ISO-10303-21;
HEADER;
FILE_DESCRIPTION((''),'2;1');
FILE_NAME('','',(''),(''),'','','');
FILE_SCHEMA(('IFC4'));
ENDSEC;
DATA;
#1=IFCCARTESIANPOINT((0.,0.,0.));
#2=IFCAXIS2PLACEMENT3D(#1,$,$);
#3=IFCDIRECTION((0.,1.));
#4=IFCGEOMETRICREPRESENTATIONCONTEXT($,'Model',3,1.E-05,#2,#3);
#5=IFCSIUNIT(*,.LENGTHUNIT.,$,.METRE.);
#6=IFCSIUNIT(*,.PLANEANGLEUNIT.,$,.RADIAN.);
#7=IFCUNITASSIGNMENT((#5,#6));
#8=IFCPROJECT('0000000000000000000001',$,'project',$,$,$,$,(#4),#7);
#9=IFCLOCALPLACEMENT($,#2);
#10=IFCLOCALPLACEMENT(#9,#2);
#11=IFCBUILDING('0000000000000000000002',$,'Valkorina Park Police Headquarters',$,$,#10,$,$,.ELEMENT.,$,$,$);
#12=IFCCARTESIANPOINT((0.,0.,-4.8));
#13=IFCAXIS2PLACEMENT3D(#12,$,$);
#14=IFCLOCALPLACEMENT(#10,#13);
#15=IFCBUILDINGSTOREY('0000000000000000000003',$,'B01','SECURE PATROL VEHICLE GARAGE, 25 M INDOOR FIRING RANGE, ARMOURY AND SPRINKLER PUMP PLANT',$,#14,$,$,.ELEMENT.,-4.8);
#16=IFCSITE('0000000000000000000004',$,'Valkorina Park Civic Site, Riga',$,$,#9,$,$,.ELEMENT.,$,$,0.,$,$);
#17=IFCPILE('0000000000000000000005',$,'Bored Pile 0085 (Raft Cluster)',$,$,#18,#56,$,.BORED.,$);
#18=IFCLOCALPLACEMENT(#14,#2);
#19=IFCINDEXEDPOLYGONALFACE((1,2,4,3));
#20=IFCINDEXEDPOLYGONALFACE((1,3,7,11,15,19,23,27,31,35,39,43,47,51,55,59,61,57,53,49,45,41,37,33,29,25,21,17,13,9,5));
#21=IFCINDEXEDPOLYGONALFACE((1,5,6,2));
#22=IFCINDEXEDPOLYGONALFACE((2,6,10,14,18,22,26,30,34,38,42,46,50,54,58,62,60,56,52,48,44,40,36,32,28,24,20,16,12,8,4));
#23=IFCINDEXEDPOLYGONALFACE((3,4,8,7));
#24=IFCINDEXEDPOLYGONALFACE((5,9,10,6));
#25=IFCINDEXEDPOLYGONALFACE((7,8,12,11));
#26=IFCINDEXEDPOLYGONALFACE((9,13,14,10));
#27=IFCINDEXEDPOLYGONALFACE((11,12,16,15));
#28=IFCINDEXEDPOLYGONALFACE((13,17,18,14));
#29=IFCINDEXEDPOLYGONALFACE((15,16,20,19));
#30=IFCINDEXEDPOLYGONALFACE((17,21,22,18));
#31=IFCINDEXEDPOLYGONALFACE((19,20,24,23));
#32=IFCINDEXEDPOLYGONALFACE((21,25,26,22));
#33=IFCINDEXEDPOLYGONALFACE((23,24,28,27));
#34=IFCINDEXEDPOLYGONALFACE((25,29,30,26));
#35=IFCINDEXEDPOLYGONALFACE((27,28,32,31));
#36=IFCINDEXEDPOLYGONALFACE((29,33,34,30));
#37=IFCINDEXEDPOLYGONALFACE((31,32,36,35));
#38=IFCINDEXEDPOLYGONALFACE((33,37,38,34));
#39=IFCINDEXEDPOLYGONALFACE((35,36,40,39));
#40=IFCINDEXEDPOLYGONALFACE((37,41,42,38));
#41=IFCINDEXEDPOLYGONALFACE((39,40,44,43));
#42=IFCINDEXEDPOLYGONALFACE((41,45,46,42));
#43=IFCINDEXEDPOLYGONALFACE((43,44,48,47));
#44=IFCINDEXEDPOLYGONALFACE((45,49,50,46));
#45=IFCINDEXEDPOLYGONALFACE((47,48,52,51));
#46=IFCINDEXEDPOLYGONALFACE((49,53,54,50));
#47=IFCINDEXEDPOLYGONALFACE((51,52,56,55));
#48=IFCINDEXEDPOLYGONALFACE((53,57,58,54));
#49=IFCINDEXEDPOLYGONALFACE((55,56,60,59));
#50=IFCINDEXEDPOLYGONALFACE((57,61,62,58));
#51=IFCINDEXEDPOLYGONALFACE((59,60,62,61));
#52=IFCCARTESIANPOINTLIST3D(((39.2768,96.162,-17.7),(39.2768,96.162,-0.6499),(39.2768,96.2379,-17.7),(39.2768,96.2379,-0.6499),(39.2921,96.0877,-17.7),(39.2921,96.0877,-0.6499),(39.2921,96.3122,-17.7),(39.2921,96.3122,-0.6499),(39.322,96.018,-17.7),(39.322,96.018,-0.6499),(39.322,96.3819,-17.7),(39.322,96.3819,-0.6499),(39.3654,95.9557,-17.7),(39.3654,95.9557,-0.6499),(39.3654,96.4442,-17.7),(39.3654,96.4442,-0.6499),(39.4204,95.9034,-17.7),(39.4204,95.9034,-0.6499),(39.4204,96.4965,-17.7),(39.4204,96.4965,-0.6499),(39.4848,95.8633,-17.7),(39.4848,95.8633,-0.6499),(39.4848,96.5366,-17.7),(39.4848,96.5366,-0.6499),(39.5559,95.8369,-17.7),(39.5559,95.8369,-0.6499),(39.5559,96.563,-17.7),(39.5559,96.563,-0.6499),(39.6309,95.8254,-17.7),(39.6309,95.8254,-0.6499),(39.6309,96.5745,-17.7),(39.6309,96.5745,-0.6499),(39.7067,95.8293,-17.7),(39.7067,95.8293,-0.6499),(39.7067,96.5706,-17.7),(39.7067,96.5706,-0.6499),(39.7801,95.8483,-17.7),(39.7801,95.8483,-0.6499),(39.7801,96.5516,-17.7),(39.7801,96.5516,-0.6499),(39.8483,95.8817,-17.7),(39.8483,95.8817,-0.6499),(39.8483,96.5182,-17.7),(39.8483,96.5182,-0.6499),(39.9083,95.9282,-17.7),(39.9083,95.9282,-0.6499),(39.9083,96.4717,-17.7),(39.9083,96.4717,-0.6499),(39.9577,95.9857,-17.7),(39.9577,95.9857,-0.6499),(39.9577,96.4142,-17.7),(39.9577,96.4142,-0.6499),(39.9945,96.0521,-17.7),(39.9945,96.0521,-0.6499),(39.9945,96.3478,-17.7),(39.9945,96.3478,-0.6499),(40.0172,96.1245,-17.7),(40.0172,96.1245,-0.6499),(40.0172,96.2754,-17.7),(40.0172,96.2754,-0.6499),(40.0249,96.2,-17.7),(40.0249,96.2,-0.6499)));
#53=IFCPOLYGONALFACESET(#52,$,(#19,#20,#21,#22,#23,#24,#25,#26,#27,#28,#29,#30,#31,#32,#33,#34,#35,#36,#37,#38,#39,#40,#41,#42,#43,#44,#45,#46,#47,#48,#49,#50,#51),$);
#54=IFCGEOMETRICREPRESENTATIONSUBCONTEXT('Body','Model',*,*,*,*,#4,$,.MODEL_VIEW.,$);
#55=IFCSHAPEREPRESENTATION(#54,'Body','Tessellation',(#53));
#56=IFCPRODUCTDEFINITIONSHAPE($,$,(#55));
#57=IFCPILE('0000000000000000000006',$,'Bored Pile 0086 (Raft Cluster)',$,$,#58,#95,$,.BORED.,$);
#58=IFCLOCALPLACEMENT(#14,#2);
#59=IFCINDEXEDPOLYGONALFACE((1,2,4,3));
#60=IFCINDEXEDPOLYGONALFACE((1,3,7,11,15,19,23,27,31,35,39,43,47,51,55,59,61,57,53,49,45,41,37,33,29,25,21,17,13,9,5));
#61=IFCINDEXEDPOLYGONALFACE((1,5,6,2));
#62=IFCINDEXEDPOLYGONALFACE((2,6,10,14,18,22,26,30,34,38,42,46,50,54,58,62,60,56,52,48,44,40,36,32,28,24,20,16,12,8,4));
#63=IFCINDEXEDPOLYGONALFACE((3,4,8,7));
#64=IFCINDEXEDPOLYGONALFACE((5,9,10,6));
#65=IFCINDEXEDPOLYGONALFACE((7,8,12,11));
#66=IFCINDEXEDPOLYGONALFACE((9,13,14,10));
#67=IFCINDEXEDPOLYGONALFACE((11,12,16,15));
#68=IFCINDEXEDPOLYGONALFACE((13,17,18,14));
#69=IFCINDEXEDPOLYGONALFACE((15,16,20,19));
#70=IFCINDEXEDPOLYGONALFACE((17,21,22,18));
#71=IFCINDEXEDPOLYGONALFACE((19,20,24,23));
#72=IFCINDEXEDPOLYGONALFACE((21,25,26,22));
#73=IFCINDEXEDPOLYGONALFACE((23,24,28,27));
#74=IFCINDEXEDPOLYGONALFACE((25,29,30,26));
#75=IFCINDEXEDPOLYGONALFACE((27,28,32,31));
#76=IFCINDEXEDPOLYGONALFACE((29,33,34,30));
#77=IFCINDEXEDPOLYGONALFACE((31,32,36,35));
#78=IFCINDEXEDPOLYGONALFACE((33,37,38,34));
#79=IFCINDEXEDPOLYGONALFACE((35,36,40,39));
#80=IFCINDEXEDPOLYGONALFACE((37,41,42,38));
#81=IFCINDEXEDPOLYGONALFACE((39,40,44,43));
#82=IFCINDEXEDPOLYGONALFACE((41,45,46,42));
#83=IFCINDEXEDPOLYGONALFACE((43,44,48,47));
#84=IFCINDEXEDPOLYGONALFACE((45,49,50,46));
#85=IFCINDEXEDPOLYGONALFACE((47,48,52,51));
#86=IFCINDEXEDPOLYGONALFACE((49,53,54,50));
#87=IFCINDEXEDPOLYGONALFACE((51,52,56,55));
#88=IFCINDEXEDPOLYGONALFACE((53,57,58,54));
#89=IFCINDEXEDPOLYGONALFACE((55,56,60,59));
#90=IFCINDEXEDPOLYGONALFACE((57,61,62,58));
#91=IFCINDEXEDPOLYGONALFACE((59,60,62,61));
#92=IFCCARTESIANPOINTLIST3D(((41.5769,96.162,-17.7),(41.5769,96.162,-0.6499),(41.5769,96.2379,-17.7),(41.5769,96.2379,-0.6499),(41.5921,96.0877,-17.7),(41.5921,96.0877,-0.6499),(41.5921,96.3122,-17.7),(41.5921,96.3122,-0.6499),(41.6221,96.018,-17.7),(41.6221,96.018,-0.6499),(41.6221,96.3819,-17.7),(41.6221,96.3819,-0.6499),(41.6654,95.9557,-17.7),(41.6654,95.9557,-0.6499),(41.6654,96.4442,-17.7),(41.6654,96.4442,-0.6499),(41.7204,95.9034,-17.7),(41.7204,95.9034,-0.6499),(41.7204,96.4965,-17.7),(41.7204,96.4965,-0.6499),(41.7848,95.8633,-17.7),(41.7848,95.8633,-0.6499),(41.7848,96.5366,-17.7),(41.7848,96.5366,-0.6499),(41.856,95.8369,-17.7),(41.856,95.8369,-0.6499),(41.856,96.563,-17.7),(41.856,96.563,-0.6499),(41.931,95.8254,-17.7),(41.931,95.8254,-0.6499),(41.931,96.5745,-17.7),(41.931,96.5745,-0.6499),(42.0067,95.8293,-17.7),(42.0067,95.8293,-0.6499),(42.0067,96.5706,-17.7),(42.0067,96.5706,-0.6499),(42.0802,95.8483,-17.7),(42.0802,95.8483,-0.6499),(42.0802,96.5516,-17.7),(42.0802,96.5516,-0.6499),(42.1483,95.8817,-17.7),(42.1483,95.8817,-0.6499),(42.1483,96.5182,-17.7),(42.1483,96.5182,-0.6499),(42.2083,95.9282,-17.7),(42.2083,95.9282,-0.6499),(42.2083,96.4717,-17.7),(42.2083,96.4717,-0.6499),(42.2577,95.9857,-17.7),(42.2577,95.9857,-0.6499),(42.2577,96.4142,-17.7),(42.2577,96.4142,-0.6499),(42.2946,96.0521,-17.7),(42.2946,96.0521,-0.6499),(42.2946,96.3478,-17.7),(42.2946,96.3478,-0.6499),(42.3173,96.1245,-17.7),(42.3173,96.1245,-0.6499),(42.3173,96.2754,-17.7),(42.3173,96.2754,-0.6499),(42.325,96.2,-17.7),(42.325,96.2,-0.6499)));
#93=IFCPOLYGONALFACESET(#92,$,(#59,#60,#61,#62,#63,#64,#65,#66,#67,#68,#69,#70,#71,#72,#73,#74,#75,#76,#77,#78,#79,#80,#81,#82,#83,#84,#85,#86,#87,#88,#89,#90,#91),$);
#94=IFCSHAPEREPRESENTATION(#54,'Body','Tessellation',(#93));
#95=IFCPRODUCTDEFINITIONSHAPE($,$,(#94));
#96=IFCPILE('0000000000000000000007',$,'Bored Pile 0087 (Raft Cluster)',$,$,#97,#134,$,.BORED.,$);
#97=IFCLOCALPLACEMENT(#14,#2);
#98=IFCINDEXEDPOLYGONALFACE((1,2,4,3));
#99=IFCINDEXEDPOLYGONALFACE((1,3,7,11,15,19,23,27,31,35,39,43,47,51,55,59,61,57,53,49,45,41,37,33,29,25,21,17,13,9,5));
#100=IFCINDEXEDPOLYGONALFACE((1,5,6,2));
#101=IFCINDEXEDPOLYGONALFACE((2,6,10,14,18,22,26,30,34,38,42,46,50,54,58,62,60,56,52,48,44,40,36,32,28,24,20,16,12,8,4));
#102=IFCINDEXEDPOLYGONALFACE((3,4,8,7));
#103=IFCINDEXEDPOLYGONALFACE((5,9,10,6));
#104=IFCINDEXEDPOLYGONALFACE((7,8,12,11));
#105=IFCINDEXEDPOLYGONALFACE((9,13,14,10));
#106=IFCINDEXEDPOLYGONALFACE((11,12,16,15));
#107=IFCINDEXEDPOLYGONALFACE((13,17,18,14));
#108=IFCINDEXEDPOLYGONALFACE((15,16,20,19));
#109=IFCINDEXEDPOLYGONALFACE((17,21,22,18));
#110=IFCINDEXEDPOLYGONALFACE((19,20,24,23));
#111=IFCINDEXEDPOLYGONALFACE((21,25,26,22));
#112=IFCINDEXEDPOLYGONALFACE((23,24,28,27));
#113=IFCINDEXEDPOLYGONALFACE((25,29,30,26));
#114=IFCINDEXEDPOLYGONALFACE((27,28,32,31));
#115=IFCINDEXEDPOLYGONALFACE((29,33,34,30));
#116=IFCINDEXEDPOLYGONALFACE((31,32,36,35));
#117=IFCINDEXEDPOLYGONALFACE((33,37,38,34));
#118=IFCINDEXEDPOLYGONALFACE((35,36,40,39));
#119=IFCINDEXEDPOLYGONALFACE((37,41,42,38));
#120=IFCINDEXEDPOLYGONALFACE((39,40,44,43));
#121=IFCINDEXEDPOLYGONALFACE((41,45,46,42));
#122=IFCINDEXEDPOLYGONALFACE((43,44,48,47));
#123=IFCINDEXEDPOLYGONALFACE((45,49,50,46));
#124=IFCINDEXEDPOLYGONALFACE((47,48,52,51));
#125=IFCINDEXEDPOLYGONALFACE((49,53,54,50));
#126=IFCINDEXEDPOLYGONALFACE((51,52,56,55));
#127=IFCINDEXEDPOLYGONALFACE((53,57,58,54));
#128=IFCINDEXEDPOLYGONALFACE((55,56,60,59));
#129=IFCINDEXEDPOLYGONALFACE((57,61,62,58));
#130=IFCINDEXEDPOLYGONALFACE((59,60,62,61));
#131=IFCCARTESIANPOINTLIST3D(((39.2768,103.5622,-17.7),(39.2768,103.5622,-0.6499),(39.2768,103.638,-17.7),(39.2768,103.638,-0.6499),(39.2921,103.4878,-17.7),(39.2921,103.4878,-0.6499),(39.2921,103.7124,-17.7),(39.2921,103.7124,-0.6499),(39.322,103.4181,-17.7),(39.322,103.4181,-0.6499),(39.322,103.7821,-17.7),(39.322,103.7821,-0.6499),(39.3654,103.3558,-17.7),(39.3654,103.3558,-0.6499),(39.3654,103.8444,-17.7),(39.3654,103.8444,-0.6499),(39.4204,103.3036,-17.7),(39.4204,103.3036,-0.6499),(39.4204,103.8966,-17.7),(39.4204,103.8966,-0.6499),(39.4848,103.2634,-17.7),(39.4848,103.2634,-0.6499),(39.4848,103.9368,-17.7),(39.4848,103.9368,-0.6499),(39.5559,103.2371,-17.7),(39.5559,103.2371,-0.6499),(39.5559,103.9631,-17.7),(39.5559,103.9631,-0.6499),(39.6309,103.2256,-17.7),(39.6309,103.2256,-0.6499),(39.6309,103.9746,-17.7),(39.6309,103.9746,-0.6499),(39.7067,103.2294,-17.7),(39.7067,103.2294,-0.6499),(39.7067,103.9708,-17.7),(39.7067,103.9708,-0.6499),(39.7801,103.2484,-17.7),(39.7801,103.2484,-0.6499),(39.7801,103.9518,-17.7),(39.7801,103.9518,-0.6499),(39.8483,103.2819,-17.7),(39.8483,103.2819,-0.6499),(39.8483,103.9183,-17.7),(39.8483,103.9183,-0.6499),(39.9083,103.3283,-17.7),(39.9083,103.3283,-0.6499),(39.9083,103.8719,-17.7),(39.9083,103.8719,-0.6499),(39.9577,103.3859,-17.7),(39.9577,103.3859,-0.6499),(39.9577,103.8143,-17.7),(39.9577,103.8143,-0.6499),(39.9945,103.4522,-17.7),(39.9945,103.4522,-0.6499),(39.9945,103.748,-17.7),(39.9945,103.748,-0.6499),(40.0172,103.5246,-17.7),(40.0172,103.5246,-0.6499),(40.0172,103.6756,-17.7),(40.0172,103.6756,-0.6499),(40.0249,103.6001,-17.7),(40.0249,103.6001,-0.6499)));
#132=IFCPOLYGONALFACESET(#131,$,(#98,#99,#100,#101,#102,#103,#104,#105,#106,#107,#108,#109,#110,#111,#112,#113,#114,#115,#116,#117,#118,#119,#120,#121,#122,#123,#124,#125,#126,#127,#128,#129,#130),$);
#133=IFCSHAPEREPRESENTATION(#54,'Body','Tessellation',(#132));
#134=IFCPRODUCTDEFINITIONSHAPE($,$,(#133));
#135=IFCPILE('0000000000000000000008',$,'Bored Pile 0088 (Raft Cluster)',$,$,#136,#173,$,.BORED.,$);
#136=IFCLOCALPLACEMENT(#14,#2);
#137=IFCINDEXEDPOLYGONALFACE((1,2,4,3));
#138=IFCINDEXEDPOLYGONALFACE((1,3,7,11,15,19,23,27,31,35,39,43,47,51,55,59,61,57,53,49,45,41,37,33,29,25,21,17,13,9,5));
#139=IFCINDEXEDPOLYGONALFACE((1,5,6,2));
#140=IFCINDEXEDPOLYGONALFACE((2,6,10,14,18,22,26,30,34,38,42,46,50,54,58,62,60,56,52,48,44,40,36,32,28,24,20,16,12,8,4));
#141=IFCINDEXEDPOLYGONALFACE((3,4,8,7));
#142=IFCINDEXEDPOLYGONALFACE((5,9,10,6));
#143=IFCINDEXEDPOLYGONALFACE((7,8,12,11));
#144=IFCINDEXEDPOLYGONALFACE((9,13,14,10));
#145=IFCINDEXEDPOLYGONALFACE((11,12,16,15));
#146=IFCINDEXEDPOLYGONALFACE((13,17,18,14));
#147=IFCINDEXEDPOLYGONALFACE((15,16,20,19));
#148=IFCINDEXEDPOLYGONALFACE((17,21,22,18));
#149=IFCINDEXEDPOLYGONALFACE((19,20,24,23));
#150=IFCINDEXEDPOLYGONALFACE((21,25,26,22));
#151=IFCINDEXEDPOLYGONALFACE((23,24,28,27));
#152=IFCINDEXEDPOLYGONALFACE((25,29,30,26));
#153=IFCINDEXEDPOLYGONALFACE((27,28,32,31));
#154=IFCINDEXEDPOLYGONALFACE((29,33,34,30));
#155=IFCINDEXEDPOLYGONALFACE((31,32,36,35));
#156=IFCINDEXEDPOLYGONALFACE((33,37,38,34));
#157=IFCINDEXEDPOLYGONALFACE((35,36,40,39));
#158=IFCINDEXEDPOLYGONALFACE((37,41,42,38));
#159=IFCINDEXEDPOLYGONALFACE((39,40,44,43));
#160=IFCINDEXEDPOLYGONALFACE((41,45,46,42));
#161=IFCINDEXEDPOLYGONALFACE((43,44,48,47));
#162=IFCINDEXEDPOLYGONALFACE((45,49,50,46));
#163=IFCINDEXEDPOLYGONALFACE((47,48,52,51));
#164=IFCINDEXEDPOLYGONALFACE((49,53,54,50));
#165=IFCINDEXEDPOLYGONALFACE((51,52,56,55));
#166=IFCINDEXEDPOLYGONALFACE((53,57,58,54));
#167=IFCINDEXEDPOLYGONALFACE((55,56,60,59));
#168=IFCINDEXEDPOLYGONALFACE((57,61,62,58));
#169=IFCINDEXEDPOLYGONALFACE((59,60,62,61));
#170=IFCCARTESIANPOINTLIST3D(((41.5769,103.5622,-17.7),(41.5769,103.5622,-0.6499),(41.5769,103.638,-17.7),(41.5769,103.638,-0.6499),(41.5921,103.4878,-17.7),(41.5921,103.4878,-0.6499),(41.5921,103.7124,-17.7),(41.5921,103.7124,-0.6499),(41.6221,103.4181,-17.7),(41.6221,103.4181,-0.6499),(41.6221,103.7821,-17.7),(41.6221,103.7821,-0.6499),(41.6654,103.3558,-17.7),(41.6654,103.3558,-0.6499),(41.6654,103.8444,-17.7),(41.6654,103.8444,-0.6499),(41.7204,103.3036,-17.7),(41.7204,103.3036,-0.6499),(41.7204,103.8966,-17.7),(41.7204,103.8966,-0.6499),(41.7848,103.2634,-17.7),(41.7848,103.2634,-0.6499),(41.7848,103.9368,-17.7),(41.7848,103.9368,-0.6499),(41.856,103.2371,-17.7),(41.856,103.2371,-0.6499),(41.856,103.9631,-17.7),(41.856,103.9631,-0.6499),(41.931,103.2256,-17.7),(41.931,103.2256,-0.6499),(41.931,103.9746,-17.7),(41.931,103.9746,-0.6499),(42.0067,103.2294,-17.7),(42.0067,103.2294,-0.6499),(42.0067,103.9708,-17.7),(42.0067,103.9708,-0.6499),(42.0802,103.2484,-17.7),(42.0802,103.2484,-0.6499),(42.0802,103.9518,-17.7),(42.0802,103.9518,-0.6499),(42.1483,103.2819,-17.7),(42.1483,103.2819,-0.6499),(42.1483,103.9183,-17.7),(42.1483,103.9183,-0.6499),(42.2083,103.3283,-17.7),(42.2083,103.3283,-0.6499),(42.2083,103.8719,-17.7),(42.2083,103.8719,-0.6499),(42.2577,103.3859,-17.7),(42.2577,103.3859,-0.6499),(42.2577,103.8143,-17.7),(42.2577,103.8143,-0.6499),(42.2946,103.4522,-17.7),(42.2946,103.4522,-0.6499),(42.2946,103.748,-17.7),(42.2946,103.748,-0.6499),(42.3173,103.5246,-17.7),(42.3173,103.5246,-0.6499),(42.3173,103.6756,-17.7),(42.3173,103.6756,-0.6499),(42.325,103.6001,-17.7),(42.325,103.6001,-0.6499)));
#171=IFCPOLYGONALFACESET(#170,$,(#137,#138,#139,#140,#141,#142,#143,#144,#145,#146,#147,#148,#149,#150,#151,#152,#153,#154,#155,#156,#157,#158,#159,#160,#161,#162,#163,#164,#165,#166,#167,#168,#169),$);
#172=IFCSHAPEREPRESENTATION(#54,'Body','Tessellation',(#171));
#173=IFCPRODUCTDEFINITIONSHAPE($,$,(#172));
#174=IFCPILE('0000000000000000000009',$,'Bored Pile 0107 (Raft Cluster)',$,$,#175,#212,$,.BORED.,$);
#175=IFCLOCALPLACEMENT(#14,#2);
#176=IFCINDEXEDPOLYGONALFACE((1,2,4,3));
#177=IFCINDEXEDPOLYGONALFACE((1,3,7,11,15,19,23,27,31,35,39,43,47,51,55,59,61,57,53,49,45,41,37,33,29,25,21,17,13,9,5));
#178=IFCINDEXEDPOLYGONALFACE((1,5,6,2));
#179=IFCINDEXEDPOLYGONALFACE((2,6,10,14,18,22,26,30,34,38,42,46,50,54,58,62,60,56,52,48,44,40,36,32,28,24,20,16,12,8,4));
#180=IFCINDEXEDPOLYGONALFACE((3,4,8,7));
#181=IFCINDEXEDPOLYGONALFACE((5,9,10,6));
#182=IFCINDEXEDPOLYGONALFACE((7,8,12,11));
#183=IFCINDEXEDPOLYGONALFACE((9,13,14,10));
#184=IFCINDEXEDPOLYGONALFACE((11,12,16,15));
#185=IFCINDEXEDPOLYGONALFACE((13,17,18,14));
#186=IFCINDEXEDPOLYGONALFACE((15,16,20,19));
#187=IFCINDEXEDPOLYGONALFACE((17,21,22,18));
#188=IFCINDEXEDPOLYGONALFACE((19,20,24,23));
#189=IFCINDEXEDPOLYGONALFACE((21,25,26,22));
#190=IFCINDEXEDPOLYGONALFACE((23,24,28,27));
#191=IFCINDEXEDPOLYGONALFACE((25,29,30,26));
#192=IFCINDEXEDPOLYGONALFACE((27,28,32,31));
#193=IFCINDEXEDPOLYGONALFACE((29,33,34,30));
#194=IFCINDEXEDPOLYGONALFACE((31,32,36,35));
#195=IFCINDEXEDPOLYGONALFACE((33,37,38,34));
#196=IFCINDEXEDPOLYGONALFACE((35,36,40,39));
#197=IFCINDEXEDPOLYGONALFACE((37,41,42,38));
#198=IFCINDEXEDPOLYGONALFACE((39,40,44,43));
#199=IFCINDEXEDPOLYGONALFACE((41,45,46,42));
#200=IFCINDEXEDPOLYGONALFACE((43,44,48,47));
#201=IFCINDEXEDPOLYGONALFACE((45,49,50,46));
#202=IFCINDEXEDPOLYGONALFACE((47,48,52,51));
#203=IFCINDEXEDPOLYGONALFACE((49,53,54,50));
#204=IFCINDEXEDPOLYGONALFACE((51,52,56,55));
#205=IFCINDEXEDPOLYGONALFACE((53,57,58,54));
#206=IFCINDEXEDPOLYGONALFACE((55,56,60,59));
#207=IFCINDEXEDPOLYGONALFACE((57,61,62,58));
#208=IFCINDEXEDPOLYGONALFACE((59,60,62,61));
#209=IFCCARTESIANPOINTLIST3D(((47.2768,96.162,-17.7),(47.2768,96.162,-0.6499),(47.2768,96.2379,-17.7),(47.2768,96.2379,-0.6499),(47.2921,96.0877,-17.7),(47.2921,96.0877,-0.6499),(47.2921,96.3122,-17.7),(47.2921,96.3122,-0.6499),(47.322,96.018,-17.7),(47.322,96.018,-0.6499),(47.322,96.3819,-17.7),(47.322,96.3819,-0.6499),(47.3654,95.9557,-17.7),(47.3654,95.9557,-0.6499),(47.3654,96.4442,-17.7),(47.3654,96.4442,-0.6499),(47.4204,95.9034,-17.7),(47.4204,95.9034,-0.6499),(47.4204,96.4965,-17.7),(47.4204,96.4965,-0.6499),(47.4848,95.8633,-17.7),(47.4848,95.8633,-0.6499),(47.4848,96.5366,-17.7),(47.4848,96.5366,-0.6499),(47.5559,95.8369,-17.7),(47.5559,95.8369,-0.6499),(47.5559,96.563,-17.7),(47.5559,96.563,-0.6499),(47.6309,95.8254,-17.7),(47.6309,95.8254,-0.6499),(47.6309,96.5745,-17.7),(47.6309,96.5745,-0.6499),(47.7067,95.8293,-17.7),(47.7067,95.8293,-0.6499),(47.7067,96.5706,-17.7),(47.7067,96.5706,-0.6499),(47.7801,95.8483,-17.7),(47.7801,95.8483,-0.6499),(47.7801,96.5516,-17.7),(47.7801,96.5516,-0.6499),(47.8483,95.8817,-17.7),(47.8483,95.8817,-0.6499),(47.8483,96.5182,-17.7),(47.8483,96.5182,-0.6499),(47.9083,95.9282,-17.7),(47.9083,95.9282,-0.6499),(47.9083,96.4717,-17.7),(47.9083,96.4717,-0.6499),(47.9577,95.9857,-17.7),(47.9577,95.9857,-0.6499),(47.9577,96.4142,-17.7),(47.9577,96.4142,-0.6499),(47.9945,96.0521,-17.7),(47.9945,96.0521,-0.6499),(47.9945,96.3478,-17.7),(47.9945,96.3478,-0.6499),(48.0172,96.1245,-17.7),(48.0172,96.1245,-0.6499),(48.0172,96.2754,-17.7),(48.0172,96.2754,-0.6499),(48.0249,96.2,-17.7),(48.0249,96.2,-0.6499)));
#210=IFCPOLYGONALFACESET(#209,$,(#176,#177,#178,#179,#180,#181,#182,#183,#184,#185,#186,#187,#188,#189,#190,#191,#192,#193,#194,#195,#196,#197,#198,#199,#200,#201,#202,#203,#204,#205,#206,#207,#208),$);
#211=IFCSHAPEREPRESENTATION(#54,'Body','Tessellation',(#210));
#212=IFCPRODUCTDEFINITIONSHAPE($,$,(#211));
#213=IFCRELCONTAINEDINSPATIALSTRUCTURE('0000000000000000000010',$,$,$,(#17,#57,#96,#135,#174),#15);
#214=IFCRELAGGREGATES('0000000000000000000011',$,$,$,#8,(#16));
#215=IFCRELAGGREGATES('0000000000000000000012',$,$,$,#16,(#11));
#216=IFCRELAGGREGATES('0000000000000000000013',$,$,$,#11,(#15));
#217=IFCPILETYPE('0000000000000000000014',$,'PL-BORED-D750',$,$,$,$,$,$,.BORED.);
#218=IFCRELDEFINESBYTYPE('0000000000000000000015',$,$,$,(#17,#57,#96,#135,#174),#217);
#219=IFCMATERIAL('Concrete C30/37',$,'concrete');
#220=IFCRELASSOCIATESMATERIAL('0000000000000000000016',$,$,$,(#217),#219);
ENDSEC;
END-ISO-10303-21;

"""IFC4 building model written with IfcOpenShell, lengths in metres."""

from ifc_helpers import new_model, si_unit, direction, frame, origin, origin_2d, place, context, subcontext, project, spatial, circle, extrude, material, material_profile, profile_set, type_object, element, save


model = new_model("IFC4")

# Units and contexts
model_context = context("Model", 3, precision=1e-05, world=origin(), true_north=direction((0.0, 1.0)))
body_context = subcontext(model_context, "Body", "Model", "MODEL_VIEW")
ifc_project = project(units=[si_unit("LENGTHUNIT", "METRE"), si_unit("PLANEANGLEUNIT", "RADIAN")], contexts=[model_context])

# Site, building, storey
site_placement = place(None, origin())
site = spatial("IfcSite", under=ifc_project, at=site_placement, Name="Valkorina Park Civic Site, Riga", CompositionType="ELEMENT", RefElevation=0.0)
building_placement = place(site_placement, origin())
building = spatial("IfcBuilding", under=site, at=building_placement, Name="Valkorina Park Police Headquarters", CompositionType="ELEMENT")
storey_placement = place(building_placement, frame((0.0, 0.0, -4.8)))
storey = spatial("IfcBuildingStorey", under=building, at=storey_placement, Name="B01", Description="SECURE PATROL VEHICLE GARAGE, 25 M INDOOR FIRING RANGE, ARMOURY AND SPRINKLER PUMP PLANT", CompositionType="ELEMENT", Elevation=-4.8)

# Piles
ifc_material_1 = material(Name="Concrete C30/37", Category="concrete")
ifc_material_profile_1 = material_profile(ifc_material_1, circle(Radius=0.375, at=origin_2d()), Name="BORED PILE D750")
ifc_profile_set_1 = profile_set([ifc_material_profile_1], Name="Concrete C30/37")
pile_type = type_object("IfcPileType", Name="PL-BORED-D750", PredefinedType="BORED", material=ifc_profile_set_1)
for number, where, z_axis, x_axis, name in (
    (1, (39.6499, 96.2, -0.6499), (0.0, 0.0, -1.0), (1.0, 0.0, 0.0), "Bored Pile 0085 (Raft Cluster)"),
    (2, (41.95, 96.2, -0.6499), (0.0, 0.0, -1.0), (1.0, 0.0, 0.0), "Bored Pile 0086 (Raft Cluster)"),
    (3, (39.6499, 103.6001, -0.6499), (0.0, 0.0, -1.0), (1.0, 0.0, 0.0), "Bored Pile 0087 (Raft Cluster)"),
    (4, (41.95, 103.6001, -0.6499), (0.0, 0.0, -1.0), (1.0, 0.0, 0.0), "Bored Pile 0088 (Raft Cluster)"),
    (5, (47.6499, 96.2, -0.6499), (0.0, 0.0, -1.0), (1.0, 0.0, 0.0), "Bored Pile 0107 (Raft Cluster)"),
):
    element("IfcPile", number, at=place(storey_placement, frame(where, z_axis=z_axis, x_axis=x_axis)), inside=storey, type_object=pile_type, Name=name, PredefinedType="BORED", context=body_context, shape_type="SweptSolid", body=[
        extrude(circle(Radius=0.375, at=origin_2d()), origin(), (0.0, 0.0, 1.0), 17.05),
    ])

save(model, "model.ifc")
